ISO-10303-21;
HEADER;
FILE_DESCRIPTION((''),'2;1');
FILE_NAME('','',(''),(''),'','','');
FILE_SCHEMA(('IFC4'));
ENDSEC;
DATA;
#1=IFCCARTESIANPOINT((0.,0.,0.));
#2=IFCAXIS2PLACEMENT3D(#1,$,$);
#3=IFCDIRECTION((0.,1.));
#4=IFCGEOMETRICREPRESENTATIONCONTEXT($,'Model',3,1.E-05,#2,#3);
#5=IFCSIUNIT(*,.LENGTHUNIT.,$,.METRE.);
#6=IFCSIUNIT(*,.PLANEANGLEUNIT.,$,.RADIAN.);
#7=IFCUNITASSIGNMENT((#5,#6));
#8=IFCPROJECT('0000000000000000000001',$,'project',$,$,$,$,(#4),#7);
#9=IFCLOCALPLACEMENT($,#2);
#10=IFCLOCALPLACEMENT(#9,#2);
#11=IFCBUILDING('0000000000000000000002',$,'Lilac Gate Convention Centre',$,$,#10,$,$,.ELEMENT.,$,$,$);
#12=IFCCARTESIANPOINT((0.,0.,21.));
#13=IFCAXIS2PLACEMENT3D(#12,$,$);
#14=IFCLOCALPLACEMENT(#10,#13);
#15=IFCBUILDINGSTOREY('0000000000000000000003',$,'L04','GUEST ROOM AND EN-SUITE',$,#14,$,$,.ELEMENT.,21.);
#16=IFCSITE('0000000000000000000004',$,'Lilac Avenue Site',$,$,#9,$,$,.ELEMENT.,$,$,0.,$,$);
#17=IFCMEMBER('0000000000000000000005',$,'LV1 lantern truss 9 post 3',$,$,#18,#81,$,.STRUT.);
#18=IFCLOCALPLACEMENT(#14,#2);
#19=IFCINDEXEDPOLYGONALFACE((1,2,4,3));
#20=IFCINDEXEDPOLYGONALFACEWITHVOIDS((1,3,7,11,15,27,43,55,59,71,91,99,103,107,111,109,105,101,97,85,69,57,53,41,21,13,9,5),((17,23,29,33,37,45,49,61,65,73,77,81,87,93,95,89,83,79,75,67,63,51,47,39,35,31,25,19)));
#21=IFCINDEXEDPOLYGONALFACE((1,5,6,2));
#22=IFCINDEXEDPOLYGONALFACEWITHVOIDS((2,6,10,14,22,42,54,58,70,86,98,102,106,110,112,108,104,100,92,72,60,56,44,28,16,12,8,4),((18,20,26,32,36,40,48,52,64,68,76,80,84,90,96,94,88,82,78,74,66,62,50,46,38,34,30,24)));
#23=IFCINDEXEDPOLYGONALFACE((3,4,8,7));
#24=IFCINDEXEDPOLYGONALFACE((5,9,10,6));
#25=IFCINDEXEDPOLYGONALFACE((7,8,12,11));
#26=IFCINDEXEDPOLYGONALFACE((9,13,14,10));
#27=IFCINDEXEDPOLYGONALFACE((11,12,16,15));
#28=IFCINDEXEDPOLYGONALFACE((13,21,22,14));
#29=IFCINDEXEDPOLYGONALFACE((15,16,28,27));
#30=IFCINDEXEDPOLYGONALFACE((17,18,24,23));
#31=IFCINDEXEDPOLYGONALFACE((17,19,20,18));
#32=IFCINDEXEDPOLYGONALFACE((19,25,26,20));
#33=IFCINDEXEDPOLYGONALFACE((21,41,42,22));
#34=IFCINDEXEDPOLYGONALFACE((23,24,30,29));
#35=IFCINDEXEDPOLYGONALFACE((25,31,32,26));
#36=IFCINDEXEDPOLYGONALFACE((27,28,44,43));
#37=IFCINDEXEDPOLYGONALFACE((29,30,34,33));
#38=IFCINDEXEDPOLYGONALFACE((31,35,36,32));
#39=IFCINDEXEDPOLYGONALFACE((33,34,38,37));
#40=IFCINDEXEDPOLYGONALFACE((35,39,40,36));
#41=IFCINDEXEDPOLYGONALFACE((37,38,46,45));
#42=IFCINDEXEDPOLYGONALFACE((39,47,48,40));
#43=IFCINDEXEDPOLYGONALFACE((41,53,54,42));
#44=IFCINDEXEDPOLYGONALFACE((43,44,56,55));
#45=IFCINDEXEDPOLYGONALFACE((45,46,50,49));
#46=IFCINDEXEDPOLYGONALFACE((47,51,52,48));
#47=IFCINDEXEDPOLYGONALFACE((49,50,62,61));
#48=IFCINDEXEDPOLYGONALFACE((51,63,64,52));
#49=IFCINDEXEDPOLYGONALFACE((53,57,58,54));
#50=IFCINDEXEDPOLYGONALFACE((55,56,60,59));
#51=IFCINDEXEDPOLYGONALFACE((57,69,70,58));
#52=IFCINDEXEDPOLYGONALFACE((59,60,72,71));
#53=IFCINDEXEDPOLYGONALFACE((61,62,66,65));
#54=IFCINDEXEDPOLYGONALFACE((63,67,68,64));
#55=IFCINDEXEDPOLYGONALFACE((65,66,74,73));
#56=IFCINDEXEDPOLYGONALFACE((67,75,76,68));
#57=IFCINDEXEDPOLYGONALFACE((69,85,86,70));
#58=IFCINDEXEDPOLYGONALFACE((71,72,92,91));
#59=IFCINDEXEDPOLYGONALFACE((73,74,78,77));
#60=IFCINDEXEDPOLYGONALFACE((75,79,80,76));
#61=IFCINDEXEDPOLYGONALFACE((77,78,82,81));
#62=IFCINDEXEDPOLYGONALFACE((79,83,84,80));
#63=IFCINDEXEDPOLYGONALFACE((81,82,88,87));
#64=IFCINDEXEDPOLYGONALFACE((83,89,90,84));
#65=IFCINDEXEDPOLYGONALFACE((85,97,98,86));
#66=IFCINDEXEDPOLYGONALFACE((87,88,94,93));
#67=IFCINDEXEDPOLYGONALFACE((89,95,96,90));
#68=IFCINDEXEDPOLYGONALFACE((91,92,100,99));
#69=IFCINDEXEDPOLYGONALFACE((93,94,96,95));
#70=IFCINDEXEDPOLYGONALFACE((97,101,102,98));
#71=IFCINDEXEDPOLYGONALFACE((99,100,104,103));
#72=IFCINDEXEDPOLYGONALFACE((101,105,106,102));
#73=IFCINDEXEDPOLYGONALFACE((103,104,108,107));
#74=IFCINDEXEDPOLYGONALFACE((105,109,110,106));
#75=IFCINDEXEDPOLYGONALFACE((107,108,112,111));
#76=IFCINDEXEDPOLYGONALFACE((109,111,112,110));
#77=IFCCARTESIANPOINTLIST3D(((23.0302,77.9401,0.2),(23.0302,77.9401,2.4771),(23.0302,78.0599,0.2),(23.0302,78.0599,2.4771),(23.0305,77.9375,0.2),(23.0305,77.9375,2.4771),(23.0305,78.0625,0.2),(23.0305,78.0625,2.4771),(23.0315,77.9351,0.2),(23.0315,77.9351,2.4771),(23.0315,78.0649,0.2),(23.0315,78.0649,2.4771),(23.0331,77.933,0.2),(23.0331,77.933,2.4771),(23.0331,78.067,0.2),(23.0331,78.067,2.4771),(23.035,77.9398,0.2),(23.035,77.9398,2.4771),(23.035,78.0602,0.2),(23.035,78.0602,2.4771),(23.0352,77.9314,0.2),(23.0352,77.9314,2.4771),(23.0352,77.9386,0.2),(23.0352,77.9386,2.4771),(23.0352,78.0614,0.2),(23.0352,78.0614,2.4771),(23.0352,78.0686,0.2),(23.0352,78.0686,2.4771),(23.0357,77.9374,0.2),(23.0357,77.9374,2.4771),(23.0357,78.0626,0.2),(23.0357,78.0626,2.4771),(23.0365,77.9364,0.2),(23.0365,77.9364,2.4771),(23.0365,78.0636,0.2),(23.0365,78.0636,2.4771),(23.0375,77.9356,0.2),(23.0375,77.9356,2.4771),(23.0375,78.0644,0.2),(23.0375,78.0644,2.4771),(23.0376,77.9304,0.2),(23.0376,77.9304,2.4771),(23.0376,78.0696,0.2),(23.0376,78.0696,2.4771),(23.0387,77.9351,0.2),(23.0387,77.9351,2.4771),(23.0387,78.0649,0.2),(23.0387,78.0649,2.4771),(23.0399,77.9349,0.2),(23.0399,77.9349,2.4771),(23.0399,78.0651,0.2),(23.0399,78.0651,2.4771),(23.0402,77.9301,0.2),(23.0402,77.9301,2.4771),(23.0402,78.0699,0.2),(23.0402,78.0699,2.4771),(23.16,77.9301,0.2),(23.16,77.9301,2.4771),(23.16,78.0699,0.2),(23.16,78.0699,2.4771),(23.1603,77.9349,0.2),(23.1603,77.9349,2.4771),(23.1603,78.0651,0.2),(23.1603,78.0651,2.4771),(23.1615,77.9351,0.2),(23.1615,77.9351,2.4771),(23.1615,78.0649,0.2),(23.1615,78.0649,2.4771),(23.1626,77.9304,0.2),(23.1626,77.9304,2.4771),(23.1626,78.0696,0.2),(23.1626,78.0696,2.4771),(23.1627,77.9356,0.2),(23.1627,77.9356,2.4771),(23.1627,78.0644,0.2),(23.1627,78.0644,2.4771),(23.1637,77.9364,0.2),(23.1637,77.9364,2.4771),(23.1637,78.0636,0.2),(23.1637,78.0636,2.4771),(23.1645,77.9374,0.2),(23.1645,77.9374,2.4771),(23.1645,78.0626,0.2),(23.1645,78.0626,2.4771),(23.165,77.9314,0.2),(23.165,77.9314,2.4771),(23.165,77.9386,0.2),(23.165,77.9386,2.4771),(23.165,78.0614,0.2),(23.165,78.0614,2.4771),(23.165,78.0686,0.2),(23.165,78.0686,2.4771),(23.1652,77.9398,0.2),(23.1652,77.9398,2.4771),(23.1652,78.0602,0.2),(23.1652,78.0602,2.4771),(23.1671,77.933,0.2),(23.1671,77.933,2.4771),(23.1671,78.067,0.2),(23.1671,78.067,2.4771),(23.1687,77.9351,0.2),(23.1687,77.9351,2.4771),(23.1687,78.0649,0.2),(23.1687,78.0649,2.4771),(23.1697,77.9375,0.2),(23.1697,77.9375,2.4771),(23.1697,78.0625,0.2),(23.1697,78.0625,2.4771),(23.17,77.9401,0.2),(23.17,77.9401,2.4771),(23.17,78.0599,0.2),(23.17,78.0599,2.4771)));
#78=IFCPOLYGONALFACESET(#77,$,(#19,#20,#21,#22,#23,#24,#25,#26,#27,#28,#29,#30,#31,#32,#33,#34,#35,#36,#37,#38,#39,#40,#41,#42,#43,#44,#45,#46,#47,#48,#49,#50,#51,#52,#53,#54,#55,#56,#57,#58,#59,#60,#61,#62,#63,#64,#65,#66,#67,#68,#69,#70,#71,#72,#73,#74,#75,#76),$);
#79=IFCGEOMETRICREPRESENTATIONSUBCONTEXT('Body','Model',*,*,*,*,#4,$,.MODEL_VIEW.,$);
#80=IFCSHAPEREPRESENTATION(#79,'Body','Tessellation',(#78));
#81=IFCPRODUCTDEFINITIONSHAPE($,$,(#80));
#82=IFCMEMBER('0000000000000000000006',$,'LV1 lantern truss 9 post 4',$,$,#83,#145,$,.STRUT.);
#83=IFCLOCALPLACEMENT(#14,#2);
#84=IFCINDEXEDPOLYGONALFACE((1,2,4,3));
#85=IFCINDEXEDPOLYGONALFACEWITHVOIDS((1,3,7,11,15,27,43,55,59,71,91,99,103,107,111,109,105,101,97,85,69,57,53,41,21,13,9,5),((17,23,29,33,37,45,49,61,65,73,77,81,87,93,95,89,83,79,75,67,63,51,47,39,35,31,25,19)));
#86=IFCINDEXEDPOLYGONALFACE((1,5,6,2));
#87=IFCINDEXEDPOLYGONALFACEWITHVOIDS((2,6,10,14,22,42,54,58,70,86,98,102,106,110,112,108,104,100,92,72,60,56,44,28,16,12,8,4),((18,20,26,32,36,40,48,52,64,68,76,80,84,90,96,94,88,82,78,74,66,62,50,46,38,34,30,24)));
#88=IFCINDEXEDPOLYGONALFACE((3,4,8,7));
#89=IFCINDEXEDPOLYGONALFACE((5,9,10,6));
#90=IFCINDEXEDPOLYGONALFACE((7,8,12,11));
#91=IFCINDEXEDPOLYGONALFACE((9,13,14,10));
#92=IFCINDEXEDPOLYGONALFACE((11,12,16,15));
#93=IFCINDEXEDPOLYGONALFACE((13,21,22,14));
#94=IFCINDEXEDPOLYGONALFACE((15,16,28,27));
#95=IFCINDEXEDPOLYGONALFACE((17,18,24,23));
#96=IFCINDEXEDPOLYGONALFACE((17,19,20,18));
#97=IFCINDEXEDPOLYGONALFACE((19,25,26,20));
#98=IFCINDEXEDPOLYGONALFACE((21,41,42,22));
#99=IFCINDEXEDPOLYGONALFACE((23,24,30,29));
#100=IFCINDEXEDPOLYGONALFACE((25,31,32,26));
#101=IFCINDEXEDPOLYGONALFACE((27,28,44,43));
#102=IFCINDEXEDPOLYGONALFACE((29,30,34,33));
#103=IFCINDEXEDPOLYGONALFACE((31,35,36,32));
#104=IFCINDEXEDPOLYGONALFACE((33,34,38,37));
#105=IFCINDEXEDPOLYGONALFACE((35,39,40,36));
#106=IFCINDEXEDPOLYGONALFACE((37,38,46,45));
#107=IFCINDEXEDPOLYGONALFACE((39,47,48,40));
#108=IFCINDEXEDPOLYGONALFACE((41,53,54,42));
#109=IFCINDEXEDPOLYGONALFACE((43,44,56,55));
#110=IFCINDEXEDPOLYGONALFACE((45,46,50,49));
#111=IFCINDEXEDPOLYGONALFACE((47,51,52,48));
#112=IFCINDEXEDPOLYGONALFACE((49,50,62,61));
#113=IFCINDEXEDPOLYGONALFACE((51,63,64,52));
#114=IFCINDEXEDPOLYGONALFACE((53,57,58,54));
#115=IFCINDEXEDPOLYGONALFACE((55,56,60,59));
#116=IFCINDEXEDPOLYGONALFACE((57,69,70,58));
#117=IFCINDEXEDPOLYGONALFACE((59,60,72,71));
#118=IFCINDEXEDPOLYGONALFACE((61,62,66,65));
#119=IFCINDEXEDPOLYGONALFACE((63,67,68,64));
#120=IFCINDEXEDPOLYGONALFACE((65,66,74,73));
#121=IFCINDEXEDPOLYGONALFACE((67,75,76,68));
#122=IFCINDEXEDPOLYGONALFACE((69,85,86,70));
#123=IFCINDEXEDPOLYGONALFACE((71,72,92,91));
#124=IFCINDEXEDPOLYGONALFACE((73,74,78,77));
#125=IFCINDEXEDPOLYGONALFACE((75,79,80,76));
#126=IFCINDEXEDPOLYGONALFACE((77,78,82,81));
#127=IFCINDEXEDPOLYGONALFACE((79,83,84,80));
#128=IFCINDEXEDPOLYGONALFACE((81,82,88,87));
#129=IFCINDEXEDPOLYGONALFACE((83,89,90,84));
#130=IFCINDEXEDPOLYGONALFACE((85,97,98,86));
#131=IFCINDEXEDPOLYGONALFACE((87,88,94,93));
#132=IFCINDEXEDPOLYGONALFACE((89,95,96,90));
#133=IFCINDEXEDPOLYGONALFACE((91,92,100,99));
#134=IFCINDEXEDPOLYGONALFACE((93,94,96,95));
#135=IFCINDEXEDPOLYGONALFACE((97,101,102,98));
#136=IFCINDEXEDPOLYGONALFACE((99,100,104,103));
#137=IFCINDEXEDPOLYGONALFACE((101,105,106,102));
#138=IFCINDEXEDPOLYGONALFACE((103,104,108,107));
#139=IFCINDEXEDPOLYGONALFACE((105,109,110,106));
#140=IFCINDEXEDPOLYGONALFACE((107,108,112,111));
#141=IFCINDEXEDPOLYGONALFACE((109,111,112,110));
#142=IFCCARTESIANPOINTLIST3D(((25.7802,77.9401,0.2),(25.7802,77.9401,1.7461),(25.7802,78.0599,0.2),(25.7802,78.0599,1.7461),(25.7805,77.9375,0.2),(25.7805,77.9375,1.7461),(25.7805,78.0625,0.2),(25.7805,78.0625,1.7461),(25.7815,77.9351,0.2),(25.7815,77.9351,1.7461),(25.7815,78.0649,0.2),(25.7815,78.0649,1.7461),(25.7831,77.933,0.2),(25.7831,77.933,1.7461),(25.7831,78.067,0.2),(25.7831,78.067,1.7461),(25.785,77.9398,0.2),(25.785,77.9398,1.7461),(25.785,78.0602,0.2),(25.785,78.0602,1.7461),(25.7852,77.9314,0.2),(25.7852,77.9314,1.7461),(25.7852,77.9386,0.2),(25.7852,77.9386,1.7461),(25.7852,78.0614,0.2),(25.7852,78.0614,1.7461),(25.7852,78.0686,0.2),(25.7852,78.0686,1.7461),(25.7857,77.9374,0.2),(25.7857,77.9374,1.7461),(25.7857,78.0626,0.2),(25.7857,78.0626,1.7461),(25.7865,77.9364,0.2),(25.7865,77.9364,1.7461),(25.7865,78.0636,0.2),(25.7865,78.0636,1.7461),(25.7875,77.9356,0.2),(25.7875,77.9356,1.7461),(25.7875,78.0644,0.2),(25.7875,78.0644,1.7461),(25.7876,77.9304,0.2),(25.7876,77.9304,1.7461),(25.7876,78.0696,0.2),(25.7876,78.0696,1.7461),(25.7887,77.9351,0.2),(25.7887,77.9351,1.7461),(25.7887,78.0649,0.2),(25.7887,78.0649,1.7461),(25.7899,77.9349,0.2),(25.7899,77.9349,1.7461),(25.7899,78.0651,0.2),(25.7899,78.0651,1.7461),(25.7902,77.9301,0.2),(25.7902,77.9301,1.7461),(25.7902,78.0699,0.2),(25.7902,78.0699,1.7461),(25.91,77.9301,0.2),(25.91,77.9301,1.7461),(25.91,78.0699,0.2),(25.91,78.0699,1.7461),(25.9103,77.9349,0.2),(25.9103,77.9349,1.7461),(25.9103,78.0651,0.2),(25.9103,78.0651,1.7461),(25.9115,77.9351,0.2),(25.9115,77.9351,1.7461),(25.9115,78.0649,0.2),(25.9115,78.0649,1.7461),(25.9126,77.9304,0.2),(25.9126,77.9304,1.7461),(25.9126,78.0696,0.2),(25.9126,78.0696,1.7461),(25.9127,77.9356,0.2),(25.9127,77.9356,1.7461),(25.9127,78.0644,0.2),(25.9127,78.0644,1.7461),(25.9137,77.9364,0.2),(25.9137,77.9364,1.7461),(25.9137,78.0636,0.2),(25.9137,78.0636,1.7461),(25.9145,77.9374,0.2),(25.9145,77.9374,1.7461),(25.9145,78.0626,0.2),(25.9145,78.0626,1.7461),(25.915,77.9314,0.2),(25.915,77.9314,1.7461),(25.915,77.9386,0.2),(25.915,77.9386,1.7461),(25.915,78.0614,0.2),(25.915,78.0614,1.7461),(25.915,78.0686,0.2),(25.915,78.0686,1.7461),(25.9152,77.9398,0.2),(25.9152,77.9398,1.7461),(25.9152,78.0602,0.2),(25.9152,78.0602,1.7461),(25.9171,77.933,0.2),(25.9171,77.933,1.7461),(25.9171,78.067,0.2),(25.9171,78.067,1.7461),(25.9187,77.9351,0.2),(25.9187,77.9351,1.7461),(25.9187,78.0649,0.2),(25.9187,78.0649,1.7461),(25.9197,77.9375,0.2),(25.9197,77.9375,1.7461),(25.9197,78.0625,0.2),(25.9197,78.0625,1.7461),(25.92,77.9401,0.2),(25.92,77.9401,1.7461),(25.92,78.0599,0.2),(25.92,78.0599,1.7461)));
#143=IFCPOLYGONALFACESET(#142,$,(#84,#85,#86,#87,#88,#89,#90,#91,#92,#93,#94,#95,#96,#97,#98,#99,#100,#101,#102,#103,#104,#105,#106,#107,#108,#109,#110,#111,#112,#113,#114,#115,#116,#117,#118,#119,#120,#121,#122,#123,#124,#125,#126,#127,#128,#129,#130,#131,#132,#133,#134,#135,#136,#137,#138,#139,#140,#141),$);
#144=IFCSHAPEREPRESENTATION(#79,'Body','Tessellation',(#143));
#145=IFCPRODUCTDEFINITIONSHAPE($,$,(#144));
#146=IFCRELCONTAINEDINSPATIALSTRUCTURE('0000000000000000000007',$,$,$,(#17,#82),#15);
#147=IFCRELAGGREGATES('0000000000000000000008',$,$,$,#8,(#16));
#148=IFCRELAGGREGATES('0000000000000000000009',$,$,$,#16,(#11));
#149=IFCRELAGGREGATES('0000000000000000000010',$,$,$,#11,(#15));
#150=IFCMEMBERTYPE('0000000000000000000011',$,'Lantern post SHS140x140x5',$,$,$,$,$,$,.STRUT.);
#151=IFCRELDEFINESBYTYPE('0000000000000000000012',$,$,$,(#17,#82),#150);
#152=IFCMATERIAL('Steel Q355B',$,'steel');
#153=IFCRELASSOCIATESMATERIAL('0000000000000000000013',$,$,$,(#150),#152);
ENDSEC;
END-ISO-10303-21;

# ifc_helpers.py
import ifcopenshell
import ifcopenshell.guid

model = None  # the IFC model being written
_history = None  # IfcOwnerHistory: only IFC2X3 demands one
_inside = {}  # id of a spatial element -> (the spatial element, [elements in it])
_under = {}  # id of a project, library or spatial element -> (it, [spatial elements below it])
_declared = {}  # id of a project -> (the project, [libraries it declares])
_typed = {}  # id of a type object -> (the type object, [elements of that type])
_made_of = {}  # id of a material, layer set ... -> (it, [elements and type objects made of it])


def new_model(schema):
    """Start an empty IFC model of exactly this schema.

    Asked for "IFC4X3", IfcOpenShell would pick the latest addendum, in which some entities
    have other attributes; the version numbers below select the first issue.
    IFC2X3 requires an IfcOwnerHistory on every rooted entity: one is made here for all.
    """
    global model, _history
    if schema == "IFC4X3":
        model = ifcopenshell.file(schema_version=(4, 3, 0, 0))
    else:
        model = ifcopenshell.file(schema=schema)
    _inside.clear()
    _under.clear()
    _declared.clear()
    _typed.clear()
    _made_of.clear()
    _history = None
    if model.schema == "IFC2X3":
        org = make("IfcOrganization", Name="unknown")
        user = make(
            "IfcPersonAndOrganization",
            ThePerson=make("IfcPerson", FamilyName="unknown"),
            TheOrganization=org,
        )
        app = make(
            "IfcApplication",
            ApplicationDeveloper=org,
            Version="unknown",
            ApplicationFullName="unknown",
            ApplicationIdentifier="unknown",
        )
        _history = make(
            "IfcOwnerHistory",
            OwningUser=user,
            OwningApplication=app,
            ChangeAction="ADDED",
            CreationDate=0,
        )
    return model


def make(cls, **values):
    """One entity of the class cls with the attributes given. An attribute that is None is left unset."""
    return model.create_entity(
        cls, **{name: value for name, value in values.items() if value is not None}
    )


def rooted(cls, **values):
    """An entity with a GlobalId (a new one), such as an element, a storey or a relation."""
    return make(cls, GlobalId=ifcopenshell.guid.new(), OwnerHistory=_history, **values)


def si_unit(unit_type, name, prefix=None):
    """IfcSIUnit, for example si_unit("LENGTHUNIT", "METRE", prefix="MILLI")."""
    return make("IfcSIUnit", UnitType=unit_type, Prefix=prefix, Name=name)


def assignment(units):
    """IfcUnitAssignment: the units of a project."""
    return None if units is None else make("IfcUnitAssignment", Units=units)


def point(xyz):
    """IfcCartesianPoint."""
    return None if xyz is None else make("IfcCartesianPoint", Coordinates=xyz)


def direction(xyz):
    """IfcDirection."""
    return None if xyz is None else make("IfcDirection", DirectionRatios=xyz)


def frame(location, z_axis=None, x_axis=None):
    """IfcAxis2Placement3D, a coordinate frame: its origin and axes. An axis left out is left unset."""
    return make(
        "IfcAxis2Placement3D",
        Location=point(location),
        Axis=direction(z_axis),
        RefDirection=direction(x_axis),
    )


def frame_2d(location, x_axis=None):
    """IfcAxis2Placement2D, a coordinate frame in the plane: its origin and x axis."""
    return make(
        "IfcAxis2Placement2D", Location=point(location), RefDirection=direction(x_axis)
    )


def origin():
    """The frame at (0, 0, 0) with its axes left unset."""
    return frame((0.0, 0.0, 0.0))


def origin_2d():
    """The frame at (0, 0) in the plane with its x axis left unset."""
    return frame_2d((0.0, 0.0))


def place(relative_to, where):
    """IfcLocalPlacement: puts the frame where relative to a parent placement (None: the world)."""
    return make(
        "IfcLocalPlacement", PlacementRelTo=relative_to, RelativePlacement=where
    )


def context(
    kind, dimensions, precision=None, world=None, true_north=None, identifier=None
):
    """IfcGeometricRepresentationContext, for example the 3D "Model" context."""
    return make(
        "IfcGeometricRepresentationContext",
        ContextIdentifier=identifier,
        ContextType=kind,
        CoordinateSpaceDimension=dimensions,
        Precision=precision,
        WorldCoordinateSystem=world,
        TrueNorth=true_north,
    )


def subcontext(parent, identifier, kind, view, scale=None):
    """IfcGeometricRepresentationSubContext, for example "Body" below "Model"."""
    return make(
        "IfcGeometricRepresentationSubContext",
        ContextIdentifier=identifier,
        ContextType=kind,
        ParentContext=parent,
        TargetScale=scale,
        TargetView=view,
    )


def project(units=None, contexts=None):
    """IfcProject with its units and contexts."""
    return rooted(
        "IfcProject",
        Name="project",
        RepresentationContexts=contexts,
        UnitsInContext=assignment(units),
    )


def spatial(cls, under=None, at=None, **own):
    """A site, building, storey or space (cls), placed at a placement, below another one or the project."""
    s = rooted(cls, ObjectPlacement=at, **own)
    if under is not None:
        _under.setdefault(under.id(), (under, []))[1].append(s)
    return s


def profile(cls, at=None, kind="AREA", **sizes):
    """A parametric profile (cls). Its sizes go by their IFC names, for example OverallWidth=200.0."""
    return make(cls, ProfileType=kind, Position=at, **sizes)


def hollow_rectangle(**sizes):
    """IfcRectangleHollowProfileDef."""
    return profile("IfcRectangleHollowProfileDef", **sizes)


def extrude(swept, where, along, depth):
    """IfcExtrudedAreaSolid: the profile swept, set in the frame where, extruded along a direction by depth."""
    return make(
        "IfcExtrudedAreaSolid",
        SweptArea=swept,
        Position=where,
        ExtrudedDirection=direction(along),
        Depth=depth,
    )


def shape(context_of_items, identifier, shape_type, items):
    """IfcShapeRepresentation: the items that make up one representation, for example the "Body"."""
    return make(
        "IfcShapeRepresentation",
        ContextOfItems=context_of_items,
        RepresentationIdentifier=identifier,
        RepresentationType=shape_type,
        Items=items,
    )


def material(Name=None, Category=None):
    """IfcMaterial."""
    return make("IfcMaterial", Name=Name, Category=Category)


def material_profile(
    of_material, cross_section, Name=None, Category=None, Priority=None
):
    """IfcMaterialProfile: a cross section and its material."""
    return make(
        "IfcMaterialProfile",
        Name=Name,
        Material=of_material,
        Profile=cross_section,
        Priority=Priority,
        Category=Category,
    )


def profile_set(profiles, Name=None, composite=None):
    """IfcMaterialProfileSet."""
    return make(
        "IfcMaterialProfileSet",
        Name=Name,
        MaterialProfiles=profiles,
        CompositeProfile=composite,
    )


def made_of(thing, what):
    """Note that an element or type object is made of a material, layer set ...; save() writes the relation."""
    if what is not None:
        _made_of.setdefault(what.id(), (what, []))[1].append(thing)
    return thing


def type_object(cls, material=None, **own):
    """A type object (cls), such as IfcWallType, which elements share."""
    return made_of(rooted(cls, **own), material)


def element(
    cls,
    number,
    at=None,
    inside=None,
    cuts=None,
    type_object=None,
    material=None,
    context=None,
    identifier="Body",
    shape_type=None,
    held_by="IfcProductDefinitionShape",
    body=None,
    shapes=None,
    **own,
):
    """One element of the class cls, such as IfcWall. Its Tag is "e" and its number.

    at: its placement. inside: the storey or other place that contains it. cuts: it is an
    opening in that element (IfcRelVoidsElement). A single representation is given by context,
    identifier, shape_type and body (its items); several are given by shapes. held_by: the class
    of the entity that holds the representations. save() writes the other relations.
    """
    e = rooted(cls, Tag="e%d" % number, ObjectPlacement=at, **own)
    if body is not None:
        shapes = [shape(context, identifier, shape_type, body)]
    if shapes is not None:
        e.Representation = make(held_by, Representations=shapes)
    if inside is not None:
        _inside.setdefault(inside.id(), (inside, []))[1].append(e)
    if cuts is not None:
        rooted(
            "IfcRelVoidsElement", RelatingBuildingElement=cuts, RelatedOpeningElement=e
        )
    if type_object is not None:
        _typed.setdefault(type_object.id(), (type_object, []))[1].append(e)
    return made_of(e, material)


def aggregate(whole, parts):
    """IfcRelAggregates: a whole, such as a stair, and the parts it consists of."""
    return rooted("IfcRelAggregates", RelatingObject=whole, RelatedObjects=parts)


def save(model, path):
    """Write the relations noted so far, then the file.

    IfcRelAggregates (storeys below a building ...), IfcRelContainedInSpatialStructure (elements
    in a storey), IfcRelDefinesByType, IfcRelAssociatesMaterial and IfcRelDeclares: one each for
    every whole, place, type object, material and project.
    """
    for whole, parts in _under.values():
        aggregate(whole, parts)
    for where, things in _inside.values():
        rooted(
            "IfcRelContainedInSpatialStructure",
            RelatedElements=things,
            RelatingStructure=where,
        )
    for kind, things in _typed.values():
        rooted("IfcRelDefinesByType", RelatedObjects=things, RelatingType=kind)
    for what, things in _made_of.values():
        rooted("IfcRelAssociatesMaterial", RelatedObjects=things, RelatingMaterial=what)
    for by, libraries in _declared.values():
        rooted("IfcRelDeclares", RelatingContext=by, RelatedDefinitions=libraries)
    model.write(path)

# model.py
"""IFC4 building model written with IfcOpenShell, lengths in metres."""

from ifc_helpers import new_model, si_unit, direction, frame, origin, origin_2d, place, context, subcontext, project, spatial, hollow_rectangle, extrude, material, material_profile, profile_set, type_object, element, save


model = new_model("IFC4")

# Units and contexts
model_context = context("Model", 3, precision=1e-05, world=origin(), true_north=direction((0.0, 1.0)))
body_context = subcontext(model_context, "Body", "Model", "MODEL_VIEW")
ifc_project = project(units=[si_unit("LENGTHUNIT", "METRE"), si_unit("PLANEANGLEUNIT", "RADIAN")], contexts=[model_context])

# Site, building, storey
site_placement = place(None, origin())
site = spatial("IfcSite", under=ifc_project, at=site_placement, Name="Lilac Avenue Site", CompositionType="ELEMENT", RefElevation=0.0)
building_placement = place(site_placement, origin())
building = spatial("IfcBuilding", under=site, at=building_placement, Name="Lilac Gate Convention Centre", CompositionType="ELEMENT")
storey_placement = place(building_placement, frame((0.0, 0.0, 21.0)))
storey = spatial("IfcBuildingStorey", under=building, at=storey_placement, Name="L04", Description="GUEST ROOM AND EN-SUITE", CompositionType="ELEMENT", Elevation=21.0)

# Members
ifc_material_1 = material(Name="Steel Q355B", Category="steel")
ifc_material_profile_1 = material_profile(ifc_material_1, hollow_rectangle(XDim=0.1399, YDim=0.1399, WallThickness=0.0049, InnerFilletRadius=0.0049, OuterFilletRadius=0.01, at=origin_2d()), Name="SHS140x140x5")
ifc_profile_set_1 = profile_set([ifc_material_profile_1], Name="Steel Q355B")
member_type_1 = type_object("IfcMemberType", Name="Lantern post SHS140x140x5", PredefinedType="STRUT", material=ifc_profile_set_1)
member_1_placement = place(storey_placement, frame((23.1001, 78.0, 0.2), z_axis=(0.0, 0.0, 1.0), x_axis=(1.0, 0.0, 0.0)))
element("IfcMember", 1, at=member_1_placement, inside=storey, type_object=member_type_1, Name="LV1 lantern truss 9 post 3", PredefinedType="STRUT", context=body_context, shape_type="SweptSolid", body=[
    extrude(hollow_rectangle(XDim=0.1399, YDim=0.1399, WallThickness=0.0049, InnerFilletRadius=0.0049, OuterFilletRadius=0.01, at=origin_2d()), origin(), (0.0, 0.0, 1.0), 2.2771),
])
member_2_placement = place(storey_placement, frame((25.8501, 78.0, 0.2), z_axis=(0.0, 0.0, 1.0), x_axis=(1.0, 0.0, 0.0)))
element("IfcMember", 2, at=member_2_placement, inside=storey, type_object=member_type_1, Name="LV1 lantern truss 9 post 4", PredefinedType="STRUT", context=body_context, shape_type="SweptSolid", body=[
    extrude(hollow_rectangle(XDim=0.1399, YDim=0.1399, WallThickness=0.0049, InnerFilletRadius=0.0049, OuterFilletRadius=0.01, at=origin_2d()), origin(), (0.0, 0.0, 1.0), 1.5461),
])

save(model, "model.ifc")
